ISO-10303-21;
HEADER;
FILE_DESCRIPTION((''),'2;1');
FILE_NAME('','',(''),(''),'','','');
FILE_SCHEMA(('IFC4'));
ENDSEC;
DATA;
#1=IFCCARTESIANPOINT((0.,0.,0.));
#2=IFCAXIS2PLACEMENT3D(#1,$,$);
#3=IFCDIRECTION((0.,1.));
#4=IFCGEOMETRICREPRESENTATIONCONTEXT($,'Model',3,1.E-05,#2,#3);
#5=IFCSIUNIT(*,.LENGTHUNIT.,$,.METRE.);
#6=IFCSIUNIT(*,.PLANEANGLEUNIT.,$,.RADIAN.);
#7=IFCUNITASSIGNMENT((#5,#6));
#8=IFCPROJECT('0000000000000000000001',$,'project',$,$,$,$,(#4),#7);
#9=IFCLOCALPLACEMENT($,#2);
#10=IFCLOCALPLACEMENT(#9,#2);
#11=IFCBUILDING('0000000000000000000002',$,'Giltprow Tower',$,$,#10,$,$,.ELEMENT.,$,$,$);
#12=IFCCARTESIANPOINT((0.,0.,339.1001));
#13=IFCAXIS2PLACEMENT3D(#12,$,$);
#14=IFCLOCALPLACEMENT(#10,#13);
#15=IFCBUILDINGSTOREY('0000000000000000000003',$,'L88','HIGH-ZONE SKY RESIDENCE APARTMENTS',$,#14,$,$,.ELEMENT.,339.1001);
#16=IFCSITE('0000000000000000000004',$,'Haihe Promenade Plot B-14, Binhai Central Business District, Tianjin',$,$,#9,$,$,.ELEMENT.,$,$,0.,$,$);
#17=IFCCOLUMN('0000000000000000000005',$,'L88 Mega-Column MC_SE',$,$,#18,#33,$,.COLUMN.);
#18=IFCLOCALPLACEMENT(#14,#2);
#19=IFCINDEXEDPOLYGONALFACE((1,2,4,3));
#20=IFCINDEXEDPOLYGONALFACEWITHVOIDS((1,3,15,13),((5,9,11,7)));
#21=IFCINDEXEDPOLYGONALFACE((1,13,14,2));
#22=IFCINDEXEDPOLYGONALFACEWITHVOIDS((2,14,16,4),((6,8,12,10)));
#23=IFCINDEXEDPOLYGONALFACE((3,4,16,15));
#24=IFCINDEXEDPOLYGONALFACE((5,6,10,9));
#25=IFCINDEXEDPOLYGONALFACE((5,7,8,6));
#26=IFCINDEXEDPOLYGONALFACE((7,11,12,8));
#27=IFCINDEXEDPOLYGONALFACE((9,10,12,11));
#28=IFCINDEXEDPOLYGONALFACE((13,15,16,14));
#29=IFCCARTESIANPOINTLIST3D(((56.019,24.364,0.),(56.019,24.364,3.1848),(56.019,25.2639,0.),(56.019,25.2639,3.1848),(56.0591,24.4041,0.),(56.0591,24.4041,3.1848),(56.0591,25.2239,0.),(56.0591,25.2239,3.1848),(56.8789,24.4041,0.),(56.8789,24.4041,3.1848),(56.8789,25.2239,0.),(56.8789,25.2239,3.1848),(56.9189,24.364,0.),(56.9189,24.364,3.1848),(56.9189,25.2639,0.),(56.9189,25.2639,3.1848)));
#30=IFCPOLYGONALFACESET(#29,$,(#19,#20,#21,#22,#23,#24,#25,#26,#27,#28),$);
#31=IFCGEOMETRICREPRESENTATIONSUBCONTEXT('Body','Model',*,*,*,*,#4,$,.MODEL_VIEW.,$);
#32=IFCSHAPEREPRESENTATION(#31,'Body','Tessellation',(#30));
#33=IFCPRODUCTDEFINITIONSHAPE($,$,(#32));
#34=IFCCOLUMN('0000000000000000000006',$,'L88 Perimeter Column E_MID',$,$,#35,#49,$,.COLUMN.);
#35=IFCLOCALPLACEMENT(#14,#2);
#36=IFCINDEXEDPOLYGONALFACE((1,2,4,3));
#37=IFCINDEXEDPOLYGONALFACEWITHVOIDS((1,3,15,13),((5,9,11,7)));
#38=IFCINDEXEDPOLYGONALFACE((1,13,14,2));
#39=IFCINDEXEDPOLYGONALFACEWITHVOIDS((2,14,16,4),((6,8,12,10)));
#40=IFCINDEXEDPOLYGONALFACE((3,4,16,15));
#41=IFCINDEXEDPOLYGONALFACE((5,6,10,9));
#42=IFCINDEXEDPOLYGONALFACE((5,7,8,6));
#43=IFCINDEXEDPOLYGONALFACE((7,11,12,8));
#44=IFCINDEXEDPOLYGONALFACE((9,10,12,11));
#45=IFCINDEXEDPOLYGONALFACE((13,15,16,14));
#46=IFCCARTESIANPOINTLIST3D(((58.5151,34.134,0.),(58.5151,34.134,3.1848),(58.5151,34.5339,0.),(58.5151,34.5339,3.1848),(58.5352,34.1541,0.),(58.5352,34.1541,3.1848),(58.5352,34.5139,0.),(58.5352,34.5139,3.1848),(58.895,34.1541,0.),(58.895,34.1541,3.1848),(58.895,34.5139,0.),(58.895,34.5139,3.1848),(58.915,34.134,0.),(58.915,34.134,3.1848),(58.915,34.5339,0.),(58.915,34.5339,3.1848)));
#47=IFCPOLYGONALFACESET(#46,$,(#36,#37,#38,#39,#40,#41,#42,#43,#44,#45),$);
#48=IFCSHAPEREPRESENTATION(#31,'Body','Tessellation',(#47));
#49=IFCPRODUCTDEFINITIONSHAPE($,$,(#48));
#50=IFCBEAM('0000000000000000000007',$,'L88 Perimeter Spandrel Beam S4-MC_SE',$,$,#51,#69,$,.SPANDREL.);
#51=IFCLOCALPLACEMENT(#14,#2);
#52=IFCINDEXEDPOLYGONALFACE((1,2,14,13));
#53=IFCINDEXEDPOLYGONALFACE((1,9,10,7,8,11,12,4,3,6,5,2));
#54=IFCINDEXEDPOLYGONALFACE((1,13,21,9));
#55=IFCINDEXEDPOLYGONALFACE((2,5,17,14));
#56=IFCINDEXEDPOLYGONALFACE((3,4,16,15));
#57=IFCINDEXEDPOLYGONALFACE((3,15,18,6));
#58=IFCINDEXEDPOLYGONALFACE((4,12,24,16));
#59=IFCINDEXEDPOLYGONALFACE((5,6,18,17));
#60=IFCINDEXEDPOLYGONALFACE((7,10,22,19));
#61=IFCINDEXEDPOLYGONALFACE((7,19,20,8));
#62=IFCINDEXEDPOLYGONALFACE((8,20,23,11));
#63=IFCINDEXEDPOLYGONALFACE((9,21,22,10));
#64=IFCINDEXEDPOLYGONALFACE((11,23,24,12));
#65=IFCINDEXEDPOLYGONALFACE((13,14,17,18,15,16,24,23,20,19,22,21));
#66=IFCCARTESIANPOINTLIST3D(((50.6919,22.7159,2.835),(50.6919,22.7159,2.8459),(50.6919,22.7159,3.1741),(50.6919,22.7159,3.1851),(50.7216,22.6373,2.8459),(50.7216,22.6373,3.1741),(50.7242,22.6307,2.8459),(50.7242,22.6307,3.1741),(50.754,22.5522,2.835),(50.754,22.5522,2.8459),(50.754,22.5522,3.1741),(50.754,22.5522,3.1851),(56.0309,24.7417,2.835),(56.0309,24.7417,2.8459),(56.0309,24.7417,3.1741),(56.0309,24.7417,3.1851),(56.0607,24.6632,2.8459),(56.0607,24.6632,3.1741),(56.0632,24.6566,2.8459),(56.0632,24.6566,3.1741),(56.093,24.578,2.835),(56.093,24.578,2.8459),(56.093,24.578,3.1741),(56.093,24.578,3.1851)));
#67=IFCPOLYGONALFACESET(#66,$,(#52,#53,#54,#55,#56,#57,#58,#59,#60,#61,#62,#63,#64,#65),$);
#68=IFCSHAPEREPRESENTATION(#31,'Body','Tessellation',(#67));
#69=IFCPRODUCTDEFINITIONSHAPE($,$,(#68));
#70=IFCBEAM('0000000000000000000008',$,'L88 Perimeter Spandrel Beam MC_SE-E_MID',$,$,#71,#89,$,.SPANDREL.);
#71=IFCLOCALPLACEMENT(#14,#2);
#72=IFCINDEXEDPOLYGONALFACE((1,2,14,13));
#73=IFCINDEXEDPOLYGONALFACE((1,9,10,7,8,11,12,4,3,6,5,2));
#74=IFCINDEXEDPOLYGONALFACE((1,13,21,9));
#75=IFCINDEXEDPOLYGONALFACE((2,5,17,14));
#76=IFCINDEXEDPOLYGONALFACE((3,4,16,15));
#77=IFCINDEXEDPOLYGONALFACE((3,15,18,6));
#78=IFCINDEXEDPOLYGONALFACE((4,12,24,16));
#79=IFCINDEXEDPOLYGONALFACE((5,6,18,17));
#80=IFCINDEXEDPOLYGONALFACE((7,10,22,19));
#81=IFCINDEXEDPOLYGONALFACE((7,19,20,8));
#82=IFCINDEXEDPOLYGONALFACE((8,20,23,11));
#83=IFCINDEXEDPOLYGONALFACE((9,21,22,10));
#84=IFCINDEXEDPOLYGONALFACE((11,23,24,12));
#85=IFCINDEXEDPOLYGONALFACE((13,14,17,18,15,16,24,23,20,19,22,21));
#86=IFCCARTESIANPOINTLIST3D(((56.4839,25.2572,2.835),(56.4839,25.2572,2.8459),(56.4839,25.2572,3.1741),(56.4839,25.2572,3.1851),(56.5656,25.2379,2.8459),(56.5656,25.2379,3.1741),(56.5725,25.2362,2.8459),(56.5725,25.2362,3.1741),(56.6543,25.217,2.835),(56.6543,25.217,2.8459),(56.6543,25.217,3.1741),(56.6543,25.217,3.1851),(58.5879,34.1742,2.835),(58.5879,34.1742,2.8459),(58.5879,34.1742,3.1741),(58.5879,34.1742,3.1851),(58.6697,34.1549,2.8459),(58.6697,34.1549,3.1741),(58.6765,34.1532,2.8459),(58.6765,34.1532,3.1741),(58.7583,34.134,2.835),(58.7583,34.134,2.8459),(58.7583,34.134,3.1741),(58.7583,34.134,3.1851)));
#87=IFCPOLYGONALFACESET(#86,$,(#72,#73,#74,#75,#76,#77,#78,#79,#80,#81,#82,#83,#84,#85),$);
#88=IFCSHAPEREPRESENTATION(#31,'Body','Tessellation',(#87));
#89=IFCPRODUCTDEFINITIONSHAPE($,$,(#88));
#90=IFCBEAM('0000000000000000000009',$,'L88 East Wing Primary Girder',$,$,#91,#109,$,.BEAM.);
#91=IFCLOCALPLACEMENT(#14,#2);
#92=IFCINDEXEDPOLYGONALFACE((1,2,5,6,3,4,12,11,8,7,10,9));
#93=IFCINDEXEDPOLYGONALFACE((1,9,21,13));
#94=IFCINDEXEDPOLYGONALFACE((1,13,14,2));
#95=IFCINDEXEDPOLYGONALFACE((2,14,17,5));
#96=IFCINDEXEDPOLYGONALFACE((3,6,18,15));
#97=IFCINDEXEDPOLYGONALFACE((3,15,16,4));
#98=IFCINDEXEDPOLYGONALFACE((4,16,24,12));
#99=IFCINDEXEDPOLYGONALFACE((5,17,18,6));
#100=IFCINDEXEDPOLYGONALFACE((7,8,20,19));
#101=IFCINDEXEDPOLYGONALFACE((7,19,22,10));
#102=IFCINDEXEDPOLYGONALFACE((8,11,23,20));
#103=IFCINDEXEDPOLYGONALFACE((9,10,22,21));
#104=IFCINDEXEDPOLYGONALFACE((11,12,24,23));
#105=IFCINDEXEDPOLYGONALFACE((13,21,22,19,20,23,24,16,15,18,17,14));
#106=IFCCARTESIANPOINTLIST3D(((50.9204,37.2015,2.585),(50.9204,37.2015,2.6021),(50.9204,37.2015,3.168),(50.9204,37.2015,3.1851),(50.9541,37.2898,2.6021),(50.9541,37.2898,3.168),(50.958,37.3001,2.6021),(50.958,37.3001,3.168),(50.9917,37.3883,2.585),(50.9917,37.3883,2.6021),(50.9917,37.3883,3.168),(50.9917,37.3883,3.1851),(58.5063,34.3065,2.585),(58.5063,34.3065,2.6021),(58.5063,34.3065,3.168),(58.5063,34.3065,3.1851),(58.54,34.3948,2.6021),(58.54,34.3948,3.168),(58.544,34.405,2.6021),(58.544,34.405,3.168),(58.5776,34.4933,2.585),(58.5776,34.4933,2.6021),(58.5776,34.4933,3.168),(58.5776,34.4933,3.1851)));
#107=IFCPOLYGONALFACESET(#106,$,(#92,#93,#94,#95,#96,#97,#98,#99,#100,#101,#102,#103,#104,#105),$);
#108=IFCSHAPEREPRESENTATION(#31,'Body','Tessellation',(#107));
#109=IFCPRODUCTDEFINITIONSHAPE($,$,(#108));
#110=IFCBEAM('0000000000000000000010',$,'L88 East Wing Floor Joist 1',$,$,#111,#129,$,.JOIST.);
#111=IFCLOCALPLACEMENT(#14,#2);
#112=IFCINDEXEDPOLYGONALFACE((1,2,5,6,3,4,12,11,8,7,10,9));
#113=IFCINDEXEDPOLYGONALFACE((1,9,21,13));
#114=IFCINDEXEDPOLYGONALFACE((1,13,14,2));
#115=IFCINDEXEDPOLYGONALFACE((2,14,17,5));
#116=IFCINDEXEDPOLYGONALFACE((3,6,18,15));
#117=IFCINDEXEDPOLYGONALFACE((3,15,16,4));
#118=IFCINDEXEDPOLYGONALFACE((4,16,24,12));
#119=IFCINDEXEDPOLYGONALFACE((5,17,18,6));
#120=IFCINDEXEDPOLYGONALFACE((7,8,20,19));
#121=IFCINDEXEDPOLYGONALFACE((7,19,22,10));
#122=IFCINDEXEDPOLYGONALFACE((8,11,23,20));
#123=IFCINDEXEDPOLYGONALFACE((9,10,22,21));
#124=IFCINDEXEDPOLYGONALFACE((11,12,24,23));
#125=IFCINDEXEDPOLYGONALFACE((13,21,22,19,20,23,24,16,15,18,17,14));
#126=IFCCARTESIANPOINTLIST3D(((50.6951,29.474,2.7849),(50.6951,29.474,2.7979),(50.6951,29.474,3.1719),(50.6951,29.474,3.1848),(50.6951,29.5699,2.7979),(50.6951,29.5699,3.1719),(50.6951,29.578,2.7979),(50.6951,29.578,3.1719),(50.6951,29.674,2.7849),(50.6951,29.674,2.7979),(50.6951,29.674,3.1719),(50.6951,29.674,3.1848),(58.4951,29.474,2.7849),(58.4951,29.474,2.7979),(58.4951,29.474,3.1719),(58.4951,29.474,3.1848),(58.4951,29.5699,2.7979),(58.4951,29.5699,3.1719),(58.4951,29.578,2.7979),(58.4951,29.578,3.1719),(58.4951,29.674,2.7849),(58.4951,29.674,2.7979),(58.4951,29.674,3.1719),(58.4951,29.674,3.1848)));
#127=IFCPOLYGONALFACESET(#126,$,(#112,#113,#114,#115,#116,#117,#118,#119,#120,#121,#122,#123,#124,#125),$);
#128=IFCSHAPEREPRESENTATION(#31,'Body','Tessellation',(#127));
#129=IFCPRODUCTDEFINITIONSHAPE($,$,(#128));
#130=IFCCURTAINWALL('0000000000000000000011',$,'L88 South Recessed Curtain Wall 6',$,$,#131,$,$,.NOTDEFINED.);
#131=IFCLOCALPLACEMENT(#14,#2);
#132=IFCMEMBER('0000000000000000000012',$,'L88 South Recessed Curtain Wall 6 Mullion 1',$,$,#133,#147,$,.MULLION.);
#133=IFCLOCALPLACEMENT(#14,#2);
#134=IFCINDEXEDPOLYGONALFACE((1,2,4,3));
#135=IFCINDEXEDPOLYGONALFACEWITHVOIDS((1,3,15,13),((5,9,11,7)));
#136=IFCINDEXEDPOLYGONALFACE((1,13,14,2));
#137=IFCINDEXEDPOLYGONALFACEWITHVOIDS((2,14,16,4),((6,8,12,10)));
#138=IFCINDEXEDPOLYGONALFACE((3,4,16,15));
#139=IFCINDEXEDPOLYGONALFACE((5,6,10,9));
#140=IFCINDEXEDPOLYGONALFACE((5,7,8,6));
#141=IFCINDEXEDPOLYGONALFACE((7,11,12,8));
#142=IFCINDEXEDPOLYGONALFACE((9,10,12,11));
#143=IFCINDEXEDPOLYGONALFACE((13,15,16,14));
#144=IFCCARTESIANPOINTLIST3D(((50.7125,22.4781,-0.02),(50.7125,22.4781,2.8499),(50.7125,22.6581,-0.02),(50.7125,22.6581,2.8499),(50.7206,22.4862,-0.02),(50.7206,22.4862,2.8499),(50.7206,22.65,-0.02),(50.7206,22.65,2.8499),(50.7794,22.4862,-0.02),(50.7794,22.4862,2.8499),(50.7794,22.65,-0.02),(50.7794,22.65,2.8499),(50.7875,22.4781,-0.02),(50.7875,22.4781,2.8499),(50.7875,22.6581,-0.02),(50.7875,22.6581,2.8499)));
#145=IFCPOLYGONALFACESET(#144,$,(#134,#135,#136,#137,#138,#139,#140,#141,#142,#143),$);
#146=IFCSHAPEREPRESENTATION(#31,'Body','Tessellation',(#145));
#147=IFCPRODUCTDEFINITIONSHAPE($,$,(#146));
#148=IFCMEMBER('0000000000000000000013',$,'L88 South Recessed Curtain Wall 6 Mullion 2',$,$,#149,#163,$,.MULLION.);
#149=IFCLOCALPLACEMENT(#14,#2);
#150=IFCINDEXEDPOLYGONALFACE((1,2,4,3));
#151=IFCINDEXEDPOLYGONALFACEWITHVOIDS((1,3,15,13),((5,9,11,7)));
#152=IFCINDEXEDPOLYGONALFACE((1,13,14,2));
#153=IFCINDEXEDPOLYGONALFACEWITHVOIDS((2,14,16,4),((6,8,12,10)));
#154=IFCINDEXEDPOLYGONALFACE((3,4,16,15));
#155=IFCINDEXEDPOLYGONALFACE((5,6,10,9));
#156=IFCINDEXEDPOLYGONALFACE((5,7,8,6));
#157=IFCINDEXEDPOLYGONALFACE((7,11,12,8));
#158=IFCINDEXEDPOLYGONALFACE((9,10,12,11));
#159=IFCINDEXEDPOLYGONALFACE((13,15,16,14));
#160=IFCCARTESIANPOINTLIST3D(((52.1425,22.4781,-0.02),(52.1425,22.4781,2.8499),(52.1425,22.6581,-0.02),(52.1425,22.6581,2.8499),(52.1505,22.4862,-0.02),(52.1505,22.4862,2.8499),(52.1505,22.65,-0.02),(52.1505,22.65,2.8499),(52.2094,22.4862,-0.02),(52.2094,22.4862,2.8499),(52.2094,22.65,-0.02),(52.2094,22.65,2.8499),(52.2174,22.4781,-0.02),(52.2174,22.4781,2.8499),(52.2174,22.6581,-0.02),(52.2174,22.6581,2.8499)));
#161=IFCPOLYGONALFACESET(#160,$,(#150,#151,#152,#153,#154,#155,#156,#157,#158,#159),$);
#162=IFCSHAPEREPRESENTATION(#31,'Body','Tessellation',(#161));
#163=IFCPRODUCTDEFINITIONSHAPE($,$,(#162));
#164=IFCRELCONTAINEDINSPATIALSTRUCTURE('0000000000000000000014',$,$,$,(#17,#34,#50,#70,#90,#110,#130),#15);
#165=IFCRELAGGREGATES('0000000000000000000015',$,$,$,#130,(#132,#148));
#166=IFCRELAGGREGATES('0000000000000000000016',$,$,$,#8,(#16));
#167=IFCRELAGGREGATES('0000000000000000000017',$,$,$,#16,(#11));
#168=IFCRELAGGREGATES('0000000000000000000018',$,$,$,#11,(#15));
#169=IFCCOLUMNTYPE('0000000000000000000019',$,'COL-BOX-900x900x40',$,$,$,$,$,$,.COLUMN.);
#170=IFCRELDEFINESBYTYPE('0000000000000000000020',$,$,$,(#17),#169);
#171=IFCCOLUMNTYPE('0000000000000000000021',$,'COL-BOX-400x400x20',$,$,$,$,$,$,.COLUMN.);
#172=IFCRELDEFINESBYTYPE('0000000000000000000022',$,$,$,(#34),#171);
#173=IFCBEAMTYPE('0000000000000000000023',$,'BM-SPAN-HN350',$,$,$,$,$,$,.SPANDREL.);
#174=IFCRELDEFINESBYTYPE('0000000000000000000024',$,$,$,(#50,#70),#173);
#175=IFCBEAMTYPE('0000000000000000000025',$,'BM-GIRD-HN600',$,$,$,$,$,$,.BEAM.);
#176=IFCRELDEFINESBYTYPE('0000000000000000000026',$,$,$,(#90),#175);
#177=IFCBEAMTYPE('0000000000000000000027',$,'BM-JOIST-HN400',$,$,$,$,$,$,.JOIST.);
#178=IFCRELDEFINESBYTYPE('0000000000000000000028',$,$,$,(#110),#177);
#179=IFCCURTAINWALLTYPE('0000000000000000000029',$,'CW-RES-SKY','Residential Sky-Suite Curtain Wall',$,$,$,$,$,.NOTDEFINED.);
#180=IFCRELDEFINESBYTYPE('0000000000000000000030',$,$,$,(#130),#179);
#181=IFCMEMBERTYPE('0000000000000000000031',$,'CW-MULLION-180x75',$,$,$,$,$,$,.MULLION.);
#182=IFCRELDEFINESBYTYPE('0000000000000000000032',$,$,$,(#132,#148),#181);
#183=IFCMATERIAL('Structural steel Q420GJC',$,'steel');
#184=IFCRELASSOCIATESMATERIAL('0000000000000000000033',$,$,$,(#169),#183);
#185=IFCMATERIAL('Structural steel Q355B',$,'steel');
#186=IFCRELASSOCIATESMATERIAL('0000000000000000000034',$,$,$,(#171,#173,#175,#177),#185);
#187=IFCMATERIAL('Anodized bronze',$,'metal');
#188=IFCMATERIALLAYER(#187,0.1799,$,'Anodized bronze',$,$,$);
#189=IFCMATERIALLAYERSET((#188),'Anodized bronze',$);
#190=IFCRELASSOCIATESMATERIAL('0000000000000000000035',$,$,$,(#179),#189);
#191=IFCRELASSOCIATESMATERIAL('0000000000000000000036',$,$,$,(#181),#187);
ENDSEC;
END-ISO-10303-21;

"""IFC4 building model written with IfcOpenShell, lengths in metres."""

from ifc_helpers import new_model, si_unit, direction, frame, origin, origin_2d, place, context, subcontext, project, spatial, hollow_rectangle, i_section, extrude, source, transform, mapped, material, layer, layer_set, material_profile, profile_set, type_object, element, aggregate, save


model = new_model("IFC4")

# Units and contexts
model_context = context("Model", 3, precision=1e-05, world=origin(), true_north=direction((0.0, 1.0)))
body_context = subcontext(model_context, "Body", "Model", "MODEL_VIEW")
ifc_project = project(units=[si_unit("LENGTHUNIT", "METRE"), si_unit("PLANEANGLEUNIT", "RADIAN")], contexts=[model_context])

# Site, building, storey
site_placement = place(None, origin())
site = spatial("IfcSite", under=ifc_project, at=site_placement, Name="Haihe Promenade Plot B-14, Binhai Central Business District, Tianjin", CompositionType="ELEMENT", RefElevation=0.0)
building_placement = place(site_placement, origin())
building = spatial("IfcBuilding", under=site, at=building_placement, Name="Giltprow Tower", CompositionType="ELEMENT")
storey_placement = place(building_placement, frame((0.0, 0.0, 339.1001)))
storey = spatial("IfcBuildingStorey", under=building, at=storey_placement, Name="L88", Description="HIGH-ZONE SKY RESIDENCE APARTMENTS", CompositionType="ELEMENT", Elevation=339.1001)

# Columns
ifc_material_1 = material(Name="Structural steel Q420GJC", Category="steel")
ifc_material_profile_1 = material_profile(ifc_material_1, hollow_rectangle(XDim=0.8999, YDim=0.8999, WallThickness=0.04, at=origin_2d()), Name="BOX 900x900x40")
ifc_profile_set_1 = profile_set([ifc_material_profile_1], Name="Structural steel Q420GJC")
column_type_1 = type_object("IfcColumnType", Name="COL-BOX-900x900x40", PredefinedType="COLUMN", material=ifc_profile_set_1)
shared_shape_1 = source(origin(), body_context, "Body", "SweptSolid", [
    extrude(hollow_rectangle(XDim=0.8999, YDim=0.8999, WallThickness=0.04, at=origin_2d()), origin(), (0.0, 0.0, 1.0), 3.1848),
])
column_1_placement = place(storey_placement, frame((56.469, 24.814, 0.0), z_axis=(0.0, 0.0, 1.0), x_axis=(1.0, 0.0, 0.0)))
element("IfcColumn", 1, at=column_1_placement, inside=storey, type_object=column_type_1, Name="L88 Mega-Column MC_SE", PredefinedType="COLUMN", context=body_context, shape_type="MappedRepresentation", body=[
    mapped(shared_shape_1, transform((0.0, 0.0, 0.0), x_axis=(1.0, 0.0, 0.0), y_axis=(0.0, 1.0, 0.0), z_axis=(0.0, 0.0, 1.0), scale=1.0)),
])
ifc_material_2 = material(Name="Structural steel Q355B", Category="steel")
ifc_material_profile_2 = material_profile(ifc_material_2, hollow_rectangle(XDim=0.3999, YDim=0.3999, WallThickness=0.02, at=origin_2d()), Name="BOX 400x400x20")
ifc_profile_set_2 = profile_set([ifc_material_profile_2], Name="Structural steel Q355B")
column_type_2 = type_object("IfcColumnType", Name="COL-BOX-400x400x20", PredefinedType="COLUMN", material=ifc_profile_set_2)
shared_shape_2 = source(origin(), body_context, "Body", "SweptSolid", [
    extrude(hollow_rectangle(XDim=0.3999, YDim=0.3999, WallThickness=0.02, at=origin_2d()), origin(), (0.0, 0.0, 1.0), 3.1848),
])
column_2_placement = place(storey_placement, frame((58.7151, 34.334, 0.0), z_axis=(0.0, 0.0, 1.0), x_axis=(1.0, 0.0, 0.0)))
element("IfcColumn", 2, at=column_2_placement, inside=storey, type_object=column_type_2, Name="L88 Perimeter Column E_MID", PredefinedType="COLUMN", context=body_context, shape_type="MappedRepresentation", body=[
    mapped(shared_shape_2, transform((0.0, 0.0, 0.0), x_axis=(1.0, 0.0, 0.0), y_axis=(0.0, 1.0, 0.0), z_axis=(0.0, 0.0, 1.0), scale=1.0)),
])

# Beams
ifc_material_profile_3 = material_profile(ifc_material_2, i_section(OverallWidth=0.175, OverallDepth=0.3501, WebThickness=0.0071, FlangeThickness=0.011, at=origin_2d()), Name="HN 350x175x7x11")
ifc_profile_set_3 = profile_set([ifc_material_profile_3], Name="Structural steel Q355B")
beam_type_1 = type_object("IfcBeamType", Name="BM-SPAN-HN350", PredefinedType="SPANDREL", material=ifc_profile_set_3)
shared_shape_3 = source(origin(), body_context, "Body", "SweptSolid", [
    extrude(i_section(OverallWidth=0.175, OverallDepth=0.3501, WebThickness=0.0071, FlangeThickness=0.011, at=origin_2d()), origin(), (0.0, 0.0, 1.0), 5.7104),
])
beam_1_placement = place(storey_placement, frame((50.7229, 22.634, 3.01), z_axis=(0.934957, 0.354761, 0.0), x_axis=(-0.354761, 0.934957, 0.0)))
element("IfcBeam", 3, at=beam_1_placement, inside=storey, type_object=beam_type_1, Name="L88 Perimeter Spandrel Beam S4-MC_SE", PredefinedType="SPANDREL", context=body_context, shape_type="MappedRepresentation", body=[
    mapped(shared_shape_3, transform((0.0, 0.0, 0.0), x_axis=(1.0, 0.0, 0.0), y_axis=(0.0, 1.0, 0.0), z_axis=(0.0, 0.0, 1.0), scale=1.0)),
])
shared_shape_4 = source(origin(), body_context, "Body", "SweptSolid", [
    extrude(i_section(OverallWidth=0.175, OverallDepth=0.3501, WebThickness=0.0071, FlangeThickness=0.011, at=origin_2d()), origin(), (0.0, 0.0, 1.0), 9.1619),
])
beam_2_placement = place(storey_placement, frame((56.5691, 25.2371, 3.01), z_axis=(0.229648, 0.973274, 0.0), x_axis=(-0.973274, 0.229648, 0.0)))
element("IfcBeam", 4, at=beam_2_placement, inside=storey, type_object=beam_type_1, Name="L88 Perimeter Spandrel Beam MC_SE-E_MID", PredefinedType="SPANDREL", context=body_context, shape_type="MappedRepresentation", body=[
    mapped(shared_shape_4, transform((0.0, 0.0, 0.0), x_axis=(1.0, 0.0, 0.0), y_axis=(0.0, 1.0, 0.0), z_axis=(0.0, 0.0, 1.0), scale=1.0)),
])
ifc_material_profile_4 = material_profile(ifc_material_2, i_section(OverallWidth=0.2, OverallDepth=0.6001, WebThickness=0.011, FlangeThickness=0.0171, at=origin_2d()), Name="HN 600x200x11x17")
ifc_profile_set_4 = profile_set([ifc_material_profile_4], Name="Structural steel Q355B")
beam_type_2 = type_object("IfcBeamType", Name="BM-GIRD-HN600", PredefinedType="BEAM", material=ifc_profile_set_4)
shared_shape_5 = source(origin(), body_context, "Body", "SweptSolid", [
    extrude(i_section(OverallWidth=0.2, OverallDepth=0.6001, WebThickness=0.011, FlangeThickness=0.0171, at=origin_2d()), origin(), (0.0, 0.0, 1.0), 8.1196),
])
beam_3_placement = place(storey_placement, frame((58.542, 34.3999, 2.885), z_axis=(-0.934277, 0.356548, 0.0), x_axis=(-0.356548, -0.934277, 0.0)))
element("IfcBeam", 5, at=beam_3_placement, inside=storey, type_object=beam_type_2, Name="L88 East Wing Primary Girder", PredefinedType="BEAM", context=body_context, shape_type="MappedRepresentation", body=[
    mapped(shared_shape_5, transform((0.0, 0.0, 0.0), x_axis=(1.0, 0.0, 0.0), y_axis=(0.0, 1.0, 0.0), z_axis=(0.0, 0.0, 1.0), scale=1.0)),
])
ifc_material_profile_5 = material_profile(ifc_material_2, i_section(OverallWidth=0.2, OverallDepth=0.3999, WebThickness=0.0081, FlangeThickness=0.0129, at=origin_2d()), Name="HN 400x200x8x13")
ifc_profile_set_5 = profile_set([ifc_material_profile_5], Name="Structural steel Q355B")
beam_type_3 = type_object("IfcBeamType", Name="BM-JOIST-HN400", PredefinedType="JOIST", material=ifc_profile_set_5)
shared_shape_6 = source(origin(), body_context, "Body", "SweptSolid", [
    extrude(i_section(OverallWidth=0.2, OverallDepth=0.3999, WebThickness=0.0081, FlangeThickness=0.0129, at=origin_2d()), origin(), (0.0, 0.0, 1.0), 7.8),
])
beam_4_placement = place(storey_placement, frame((50.6951, 29.574, 2.9849), z_axis=(1.0, 0.0, 0.0), x_axis=(0.0, 1.0, 0.0)))
element("IfcBeam", 6, at=beam_4_placement, inside=storey, type_object=beam_type_3, Name="L88 East Wing Floor Joist 1", PredefinedType="JOIST", context=body_context, shape_type="MappedRepresentation", body=[
    mapped(shared_shape_6, transform((0.0, 0.0, 0.0), x_axis=(1.0, 0.0, 0.0), y_axis=(0.0, 1.0, 0.0), z_axis=(0.0, 0.0, 1.0), scale=1.0)),
])

# Curtain wall, members
ifc_material_3 = material(Name="Anodized bronze", Category="metal")
ifc_layer_1 = layer(ifc_material_3, 0.1799, Name="Anodized bronze")
ifc_layer_set_1 = layer_set([ifc_layer_1], Name="Anodized bronze")
curtain_wall_type = type_object("IfcCurtainWallType", Name="CW-RES-SKY", Description="Residential Sky-Suite Curtain Wall", PredefinedType="NOTDEFINED", material=ifc_layer_set_1)
curtain_wall_placement = place(storey_placement, origin())
curtain_wall = element("IfcCurtainWall", 7, at=curtain_wall_placement, inside=storey, type_object=curtain_wall_type, Name="L88 South Recessed Curtain Wall 6", PredefinedType="NOTDEFINED")
ifc_material_profile_6 = material_profile(ifc_material_3, hollow_rectangle(XDim=0.075, YDim=0.1799, WallThickness=0.0081, at=origin_2d()), Name="RHS 180x75x8")
ifc_profile_set_6 = profile_set([ifc_material_profile_6], Name="Anodized bronze")
member_type_1 = type_object("IfcMemberType", Name="CW-MULLION-180x75", PredefinedType="MULLION", material=ifc_profile_set_6)
shared_shape_7 = source(origin(), body_context, "Body", "SweptSolid", [
    extrude(hollow_rectangle(XDim=0.075, YDim=0.1799, WallThickness=0.0081, at=origin_2d()), origin(), (0.0, 0.0, 1.0), 2.8699),
])
member_1_placement = place(storey_placement, frame((50.75, 22.5681, -0.02), z_axis=(0.0, 0.0, 1.0), x_axis=(1.0, 0.0, 0.0)))
member_1 = element("IfcMember", 8, at=member_1_placement, type_object=member_type_1, Name="L88 South Recessed Curtain Wall 6 Mullion 1", PredefinedType="MULLION", context=body_context, shape_type="MappedRepresentation", body=[
    mapped(shared_shape_7, transform((0.0, 0.0, 0.0), x_axis=(1.0, 0.0, 0.0), y_axis=(0.0, 1.0, 0.0), z_axis=(0.0, 0.0, 1.0), scale=1.0)),
])
member_2_placement = place(storey_placement, frame((52.1799, 22.5681, -0.02), z_axis=(0.0, 0.0, 1.0), x_axis=(1.0, 0.0, 0.0)))
member_2 = element("IfcMember", 9, at=member_2_placement, type_object=member_type_1, Name="L88 South Recessed Curtain Wall 6 Mullion 2", PredefinedType="MULLION", context=body_context, shape_type="MappedRepresentation", body=[
    mapped(shared_shape_7, transform((0.0, 0.0, 0.0), x_axis=(1.0, 0.0, 0.0), y_axis=(0.0, 1.0, 0.0), z_axis=(0.0, 0.0, 1.0), scale=1.0)),
])

aggregate(curtain_wall, [member_1, member_2])

save(model, "model.ifc")
